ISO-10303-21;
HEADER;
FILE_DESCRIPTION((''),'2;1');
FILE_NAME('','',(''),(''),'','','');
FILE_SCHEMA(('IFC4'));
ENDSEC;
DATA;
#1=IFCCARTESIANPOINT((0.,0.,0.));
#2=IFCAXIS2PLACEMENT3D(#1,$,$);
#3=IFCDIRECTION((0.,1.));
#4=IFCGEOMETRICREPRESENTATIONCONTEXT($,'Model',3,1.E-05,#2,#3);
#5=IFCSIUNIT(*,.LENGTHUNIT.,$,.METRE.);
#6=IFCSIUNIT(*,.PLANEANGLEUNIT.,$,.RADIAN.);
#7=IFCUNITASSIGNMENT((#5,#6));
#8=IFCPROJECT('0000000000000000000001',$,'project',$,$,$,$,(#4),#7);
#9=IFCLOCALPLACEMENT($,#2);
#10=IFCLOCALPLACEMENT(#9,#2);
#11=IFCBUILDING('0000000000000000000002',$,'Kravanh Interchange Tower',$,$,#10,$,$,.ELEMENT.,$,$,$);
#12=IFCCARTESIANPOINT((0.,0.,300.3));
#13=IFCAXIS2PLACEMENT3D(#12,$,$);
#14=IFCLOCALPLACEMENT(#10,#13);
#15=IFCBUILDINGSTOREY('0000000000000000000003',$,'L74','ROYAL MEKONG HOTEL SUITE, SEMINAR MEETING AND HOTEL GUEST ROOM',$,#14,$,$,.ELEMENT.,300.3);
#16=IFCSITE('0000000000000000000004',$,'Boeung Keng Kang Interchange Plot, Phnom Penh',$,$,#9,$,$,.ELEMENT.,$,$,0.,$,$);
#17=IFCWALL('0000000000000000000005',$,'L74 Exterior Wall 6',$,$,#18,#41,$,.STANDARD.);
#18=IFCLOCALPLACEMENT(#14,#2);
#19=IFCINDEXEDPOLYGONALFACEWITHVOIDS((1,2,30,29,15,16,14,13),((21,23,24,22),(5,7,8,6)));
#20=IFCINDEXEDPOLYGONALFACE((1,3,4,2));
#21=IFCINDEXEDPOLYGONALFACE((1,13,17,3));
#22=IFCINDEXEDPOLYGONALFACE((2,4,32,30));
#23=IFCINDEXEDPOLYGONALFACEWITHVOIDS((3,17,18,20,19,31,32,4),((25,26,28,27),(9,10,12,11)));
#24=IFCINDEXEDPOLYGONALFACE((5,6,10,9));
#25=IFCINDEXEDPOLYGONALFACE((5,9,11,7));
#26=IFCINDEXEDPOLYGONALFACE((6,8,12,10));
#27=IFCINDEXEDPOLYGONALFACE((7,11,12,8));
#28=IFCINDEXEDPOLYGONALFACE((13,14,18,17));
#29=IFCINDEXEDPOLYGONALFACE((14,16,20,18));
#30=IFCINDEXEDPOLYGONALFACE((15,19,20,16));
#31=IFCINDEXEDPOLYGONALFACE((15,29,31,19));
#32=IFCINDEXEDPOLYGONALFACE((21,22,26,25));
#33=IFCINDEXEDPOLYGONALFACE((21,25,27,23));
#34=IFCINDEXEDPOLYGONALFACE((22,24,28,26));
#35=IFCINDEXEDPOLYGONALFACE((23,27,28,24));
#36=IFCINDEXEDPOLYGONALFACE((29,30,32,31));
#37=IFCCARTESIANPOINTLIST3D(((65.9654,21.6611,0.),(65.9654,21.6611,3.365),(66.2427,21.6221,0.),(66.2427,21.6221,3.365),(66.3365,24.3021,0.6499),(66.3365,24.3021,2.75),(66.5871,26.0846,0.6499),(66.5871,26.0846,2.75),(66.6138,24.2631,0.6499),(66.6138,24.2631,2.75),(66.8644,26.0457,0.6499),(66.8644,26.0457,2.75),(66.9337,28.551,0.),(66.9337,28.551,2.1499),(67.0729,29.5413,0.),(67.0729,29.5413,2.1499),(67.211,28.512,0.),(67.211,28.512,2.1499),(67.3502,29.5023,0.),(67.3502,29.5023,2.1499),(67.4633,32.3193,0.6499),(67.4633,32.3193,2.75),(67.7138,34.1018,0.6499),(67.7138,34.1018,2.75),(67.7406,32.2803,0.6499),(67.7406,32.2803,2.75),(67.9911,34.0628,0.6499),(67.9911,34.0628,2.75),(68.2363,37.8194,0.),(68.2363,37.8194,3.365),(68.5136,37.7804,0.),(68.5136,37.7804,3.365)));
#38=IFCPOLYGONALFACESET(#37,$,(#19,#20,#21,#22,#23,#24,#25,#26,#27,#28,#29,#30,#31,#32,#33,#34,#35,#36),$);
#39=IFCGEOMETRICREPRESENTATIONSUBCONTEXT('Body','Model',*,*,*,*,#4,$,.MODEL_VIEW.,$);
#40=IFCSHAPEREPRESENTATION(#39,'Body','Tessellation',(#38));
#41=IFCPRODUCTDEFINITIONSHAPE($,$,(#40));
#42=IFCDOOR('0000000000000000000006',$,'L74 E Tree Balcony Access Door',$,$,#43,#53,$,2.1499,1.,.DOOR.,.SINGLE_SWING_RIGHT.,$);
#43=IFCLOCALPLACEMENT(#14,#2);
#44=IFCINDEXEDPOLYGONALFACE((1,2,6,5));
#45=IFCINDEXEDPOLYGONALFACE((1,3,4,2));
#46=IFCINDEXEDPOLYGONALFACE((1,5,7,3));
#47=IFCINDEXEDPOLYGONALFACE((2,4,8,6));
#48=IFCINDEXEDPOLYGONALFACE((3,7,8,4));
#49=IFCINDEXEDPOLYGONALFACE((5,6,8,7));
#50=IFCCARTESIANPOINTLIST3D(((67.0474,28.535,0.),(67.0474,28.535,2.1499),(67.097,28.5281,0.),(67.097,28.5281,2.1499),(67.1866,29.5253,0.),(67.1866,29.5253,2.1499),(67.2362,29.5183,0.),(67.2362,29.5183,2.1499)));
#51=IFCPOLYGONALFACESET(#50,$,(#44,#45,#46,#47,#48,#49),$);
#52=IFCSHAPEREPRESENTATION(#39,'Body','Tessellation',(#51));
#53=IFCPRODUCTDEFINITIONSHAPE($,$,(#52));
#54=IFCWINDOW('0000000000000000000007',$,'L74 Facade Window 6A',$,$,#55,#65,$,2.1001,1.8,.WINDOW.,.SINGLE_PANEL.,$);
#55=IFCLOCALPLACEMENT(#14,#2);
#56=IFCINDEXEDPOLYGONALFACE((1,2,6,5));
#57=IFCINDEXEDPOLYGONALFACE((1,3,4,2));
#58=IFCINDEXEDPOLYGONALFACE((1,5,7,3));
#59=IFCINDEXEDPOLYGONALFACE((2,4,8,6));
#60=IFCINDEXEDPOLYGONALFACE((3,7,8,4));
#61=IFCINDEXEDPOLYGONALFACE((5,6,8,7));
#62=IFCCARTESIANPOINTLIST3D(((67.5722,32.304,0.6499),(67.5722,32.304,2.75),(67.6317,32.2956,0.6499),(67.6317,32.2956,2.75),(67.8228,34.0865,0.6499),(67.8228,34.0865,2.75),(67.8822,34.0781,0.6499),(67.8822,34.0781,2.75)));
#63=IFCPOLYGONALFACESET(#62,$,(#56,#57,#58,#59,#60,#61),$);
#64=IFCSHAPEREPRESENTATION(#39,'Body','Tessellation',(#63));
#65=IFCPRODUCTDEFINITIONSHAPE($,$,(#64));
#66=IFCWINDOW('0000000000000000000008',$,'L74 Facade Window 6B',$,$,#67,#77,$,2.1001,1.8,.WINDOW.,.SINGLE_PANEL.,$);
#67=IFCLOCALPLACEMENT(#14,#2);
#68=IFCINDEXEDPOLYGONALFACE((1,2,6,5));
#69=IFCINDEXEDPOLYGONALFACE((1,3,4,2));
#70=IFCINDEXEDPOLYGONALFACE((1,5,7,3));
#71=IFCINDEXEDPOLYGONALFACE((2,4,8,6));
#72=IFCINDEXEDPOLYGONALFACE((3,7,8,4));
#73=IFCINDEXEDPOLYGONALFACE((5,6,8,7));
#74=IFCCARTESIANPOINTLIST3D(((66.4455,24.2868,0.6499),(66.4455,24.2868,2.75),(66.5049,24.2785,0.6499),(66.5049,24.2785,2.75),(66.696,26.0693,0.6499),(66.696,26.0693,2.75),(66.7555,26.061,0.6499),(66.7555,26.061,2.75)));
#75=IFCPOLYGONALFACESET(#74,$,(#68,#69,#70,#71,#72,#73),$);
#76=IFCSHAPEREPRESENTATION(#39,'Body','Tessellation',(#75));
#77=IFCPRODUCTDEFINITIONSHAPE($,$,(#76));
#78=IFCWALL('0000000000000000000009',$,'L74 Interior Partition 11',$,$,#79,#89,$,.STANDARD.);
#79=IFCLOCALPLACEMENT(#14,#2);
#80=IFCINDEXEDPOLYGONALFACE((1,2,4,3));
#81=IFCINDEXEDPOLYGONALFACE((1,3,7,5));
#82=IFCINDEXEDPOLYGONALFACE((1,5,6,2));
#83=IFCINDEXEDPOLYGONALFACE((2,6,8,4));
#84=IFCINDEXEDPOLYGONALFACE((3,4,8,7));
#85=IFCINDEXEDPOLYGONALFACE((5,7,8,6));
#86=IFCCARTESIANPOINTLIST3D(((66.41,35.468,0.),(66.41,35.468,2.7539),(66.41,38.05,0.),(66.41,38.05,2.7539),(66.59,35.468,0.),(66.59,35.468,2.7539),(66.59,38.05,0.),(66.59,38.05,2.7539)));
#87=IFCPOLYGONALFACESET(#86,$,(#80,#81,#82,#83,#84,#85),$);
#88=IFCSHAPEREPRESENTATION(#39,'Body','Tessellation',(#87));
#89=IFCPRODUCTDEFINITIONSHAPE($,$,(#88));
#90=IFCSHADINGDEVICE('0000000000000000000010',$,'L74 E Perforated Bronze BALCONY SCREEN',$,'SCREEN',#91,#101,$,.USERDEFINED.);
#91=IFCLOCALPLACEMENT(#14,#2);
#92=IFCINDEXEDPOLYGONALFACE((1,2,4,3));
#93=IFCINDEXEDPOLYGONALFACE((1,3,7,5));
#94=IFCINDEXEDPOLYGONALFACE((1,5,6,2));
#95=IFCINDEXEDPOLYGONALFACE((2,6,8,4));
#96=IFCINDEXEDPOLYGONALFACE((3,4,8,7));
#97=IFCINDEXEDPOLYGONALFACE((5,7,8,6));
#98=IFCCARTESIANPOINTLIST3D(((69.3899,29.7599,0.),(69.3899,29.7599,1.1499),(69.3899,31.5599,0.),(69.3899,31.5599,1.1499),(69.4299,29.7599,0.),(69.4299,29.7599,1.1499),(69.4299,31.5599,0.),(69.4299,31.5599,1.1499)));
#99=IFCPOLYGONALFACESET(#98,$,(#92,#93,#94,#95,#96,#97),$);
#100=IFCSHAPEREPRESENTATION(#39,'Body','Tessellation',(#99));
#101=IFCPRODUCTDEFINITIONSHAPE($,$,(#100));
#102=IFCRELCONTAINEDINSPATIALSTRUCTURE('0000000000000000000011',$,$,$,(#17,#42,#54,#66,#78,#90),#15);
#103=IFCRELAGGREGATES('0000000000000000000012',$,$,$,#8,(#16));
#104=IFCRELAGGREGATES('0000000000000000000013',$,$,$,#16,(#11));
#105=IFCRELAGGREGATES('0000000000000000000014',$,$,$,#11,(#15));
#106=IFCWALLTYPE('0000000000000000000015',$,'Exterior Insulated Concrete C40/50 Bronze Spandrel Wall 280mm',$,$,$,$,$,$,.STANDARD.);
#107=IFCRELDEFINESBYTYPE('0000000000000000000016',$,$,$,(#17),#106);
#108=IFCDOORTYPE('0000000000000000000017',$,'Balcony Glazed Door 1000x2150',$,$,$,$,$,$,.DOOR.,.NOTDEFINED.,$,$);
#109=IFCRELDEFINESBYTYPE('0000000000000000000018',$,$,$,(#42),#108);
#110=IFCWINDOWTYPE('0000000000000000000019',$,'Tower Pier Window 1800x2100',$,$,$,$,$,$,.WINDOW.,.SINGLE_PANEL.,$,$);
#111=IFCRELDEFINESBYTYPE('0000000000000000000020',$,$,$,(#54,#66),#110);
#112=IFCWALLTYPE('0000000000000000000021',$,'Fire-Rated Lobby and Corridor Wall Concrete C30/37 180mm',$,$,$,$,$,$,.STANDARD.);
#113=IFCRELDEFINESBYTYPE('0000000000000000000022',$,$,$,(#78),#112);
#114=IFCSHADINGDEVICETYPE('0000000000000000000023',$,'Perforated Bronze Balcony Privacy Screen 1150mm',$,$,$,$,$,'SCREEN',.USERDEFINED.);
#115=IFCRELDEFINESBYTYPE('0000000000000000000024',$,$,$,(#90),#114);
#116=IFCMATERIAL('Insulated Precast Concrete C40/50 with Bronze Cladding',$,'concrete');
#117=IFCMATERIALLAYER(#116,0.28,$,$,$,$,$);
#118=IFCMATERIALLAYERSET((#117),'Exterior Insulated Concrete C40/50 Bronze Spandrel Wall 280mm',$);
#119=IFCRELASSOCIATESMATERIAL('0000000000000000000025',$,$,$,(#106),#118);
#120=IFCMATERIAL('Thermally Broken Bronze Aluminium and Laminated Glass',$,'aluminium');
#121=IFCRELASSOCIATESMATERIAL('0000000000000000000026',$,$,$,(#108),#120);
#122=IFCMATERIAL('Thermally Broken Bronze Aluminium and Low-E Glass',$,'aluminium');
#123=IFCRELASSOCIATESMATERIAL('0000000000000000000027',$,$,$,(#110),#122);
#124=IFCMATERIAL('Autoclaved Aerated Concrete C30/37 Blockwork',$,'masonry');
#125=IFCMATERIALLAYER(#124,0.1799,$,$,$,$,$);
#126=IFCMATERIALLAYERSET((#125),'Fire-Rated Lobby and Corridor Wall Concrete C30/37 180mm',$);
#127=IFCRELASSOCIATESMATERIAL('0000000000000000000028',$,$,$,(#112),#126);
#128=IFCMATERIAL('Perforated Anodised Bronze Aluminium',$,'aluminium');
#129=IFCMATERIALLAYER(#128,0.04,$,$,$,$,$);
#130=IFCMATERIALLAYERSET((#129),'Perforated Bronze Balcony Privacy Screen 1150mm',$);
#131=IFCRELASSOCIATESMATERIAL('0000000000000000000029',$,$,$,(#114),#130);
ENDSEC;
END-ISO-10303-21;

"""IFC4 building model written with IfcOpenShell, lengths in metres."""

from ifc_helpers import new_model, si_unit, direction, frame, frame_2d, origin, origin_2d, place, context, subcontext, project, spatial, rectangle, extrude, material, layer, layer_set, type_object, element, fill, save


model = new_model("IFC4")

# Units and contexts
model_context = context("Model", 3, precision=1e-05, world=origin(), true_north=direction((0.0, 1.0)))
body_context = subcontext(model_context, "Body", "Model", "MODEL_VIEW")
ifc_project = project(units=[si_unit("LENGTHUNIT", "METRE"), si_unit("PLANEANGLEUNIT", "RADIAN")], contexts=[model_context])

# Site, building, storey
site_placement = place(None, origin())
site = spatial("IfcSite", under=ifc_project, at=site_placement, Name="Boeung Keng Kang Interchange Plot, Phnom Penh", CompositionType="ELEMENT", RefElevation=0.0)
building_placement = place(site_placement, origin())
building = spatial("IfcBuilding", under=site, at=building_placement, Name="Kravanh Interchange Tower", CompositionType="ELEMENT")
storey_placement = place(building_placement, frame((0.0, 0.0, 300.3)))
storey = spatial("IfcBuildingStorey", under=building, at=storey_placement, Name="L74", Description="ROYAL MEKONG HOTEL SUITE, SEMINAR MEETING AND HOTEL GUEST ROOM", CompositionType="ELEMENT", Elevation=300.3)

# Wall, openings, door, windows
ifc_material_1 = material(Name="Insulated Precast Concrete C40/50 with Bronze Cladding", Category="concrete")
ifc_layer_1 = layer(ifc_material_1, 0.28)
ifc_layer_set_1 = layer_set([ifc_layer_1], Name="Exterior Insulated Concrete C40/50 Bronze Spandrel Wall 280mm")
wall_type_1 = type_object("IfcWallType", Name="Exterior Insulated Concrete C40/50 Bronze Spandrel Wall 280mm", PredefinedType="STANDARD", material=ifc_layer_set_1)
wall_1_placement = place(storey_placement, frame((68.375, 37.8, 0.0), z_axis=(0.0, 0.0, 1.0), x_axis=(-0.139178, -0.990267, 0.0)))
wall_1 = element("IfcWall", 1, at=wall_1_placement, inside=storey, type_object=wall_type_1, Name="L74 Exterior Wall 6", PredefinedType="STANDARD", context=body_context, shape_type="SweptSolid", body=[
    extrude(rectangle(XDim=16.3171, YDim=0.28, at=frame_2d((8.1587, 0.0))), origin(), (0.0, 0.0, 1.0), 3.365),
])
opening_1_placement = place(wall_1_placement, frame((8.3596, 0.0, 0.0)))
opening_1 = element("IfcOpeningElement", 2, at=opening_1_placement, cuts=wall_1, PredefinedType="OPENING", context=body_context, shape_type="SweptSolid", body=[
    extrude(rectangle(XDim=1.0, YDim=2.1499, at=frame_2d((0.5, 1.075))), frame((0.0, 0.1499, 0.0), z_axis=(0.0, -1.0, 0.0), x_axis=(1.0, 0.0, 0.0)), (0.0, 0.0, 1.0), 0.3),
])
opening_2_placement = place(wall_1_placement, frame((3.7544, 0.0, 0.6499)))
opening_2 = element("IfcOpeningElement", 3, at=opening_2_placement, cuts=wall_1, PredefinedType="OPENING", context=body_context, shape_type="SweptSolid", body=[
    extrude(rectangle(XDim=1.8, YDim=2.1001, at=frame_2d((0.8999, 1.05))), frame((0.0, 0.1499, 0.0), z_axis=(0.0, -1.0, 0.0), x_axis=(1.0, 0.0, 0.0)), (0.0, 0.0, 1.0), 0.3),
])
opening_3_placement = place(wall_1_placement, frame((11.8503, 0.0, 0.6499)))
opening_3 = element("IfcOpeningElement", 4, at=opening_3_placement, cuts=wall_1, PredefinedType="OPENING", context=body_context, shape_type="SweptSolid", body=[
    extrude(rectangle(XDim=1.8, YDim=2.1001, at=frame_2d((0.8999, 1.05))), frame((0.0, 0.1499, 0.0), z_axis=(0.0, -1.0, 0.0), x_axis=(1.0, 0.0, 0.0)), (0.0, 0.0, 1.0), 0.3),
])
ifc_material_2 = material(Name="Thermally Broken Bronze Aluminium and Laminated Glass", Category="aluminium")
door_type = type_object("IfcDoorType", Name="Balcony Glazed Door 1000x2150", OperationType="NOTDEFINED", PredefinedType="DOOR", material=ifc_material_2)
door_placement = place(opening_1_placement, origin())
door = element("IfcDoor", 5, at=door_placement, inside=storey, type_object=door_type, Name="L74 E Tree Balcony Access Door", OperationType="SINGLE_SWING_RIGHT", OverallHeight=2.1499, OverallWidth=1.0, PredefinedType="DOOR", context=body_context, shape_type="SweptSolid", body=[
    extrude(rectangle(XDim=1.0, YDim=2.1499, at=frame_2d((0.5, 1.075))), frame((0.0, 0.0249, 0.0), z_axis=(0.0, -1.0, 0.0), x_axis=(1.0, 0.0, 0.0)), (0.0, 0.0, 1.0), 0.05),
])
fill(opening_1, door)
ifc_material_3 = material(Name="Thermally Broken Bronze Aluminium and Low-E Glass", Category="aluminium")
window_type = type_object("IfcWindowType", Name="Tower Pier Window 1800x2100", PartitioningType="SINGLE_PANEL", PredefinedType="WINDOW", material=ifc_material_3)
window_1_placement = place(opening_2_placement, origin())
window_1 = element("IfcWindow", 6, at=window_1_placement, inside=storey, type_object=window_type, Name="L74 Facade Window 6A", OverallHeight=2.1001, OverallWidth=1.8, PartitioningType="SINGLE_PANEL", PredefinedType="WINDOW", context=body_context, shape_type="SweptSolid", body=[
    extrude(rectangle(XDim=1.8, YDim=2.1001, at=frame_2d((0.8999, 1.05))), frame((0.0, 0.03, 0.0), z_axis=(0.0, -1.0, 0.0), x_axis=(1.0, 0.0, 0.0)), (0.0, 0.0, 1.0), 0.0601),
])
fill(opening_2, window_1)
window_2_placement = place(opening_3_placement, origin())
window_2 = element("IfcWindow", 7, at=window_2_placement, inside=storey, type_object=window_type, Name="L74 Facade Window 6B", OverallHeight=2.1001, OverallWidth=1.8, PartitioningType="SINGLE_PANEL", PredefinedType="WINDOW", context=body_context, shape_type="SweptSolid", body=[
    extrude(rectangle(XDim=1.8, YDim=2.1001, at=frame_2d((0.8999, 1.05))), frame((0.0, 0.03, 0.0), z_axis=(0.0, -1.0, 0.0), x_axis=(1.0, 0.0, 0.0)), (0.0, 0.0, 1.0), 0.0601),
])
fill(opening_3, window_2)

# Wall
ifc_material_4 = material(Name="Autoclaved Aerated Concrete C30/37 Blockwork", Category="masonry")
ifc_layer_2 = layer(ifc_material_4, 0.1799)
ifc_layer_set_2 = layer_set([ifc_layer_2], Name="Fire-Rated Lobby and Corridor Wall Concrete C30/37 180mm")
wall_type_2 = type_object("IfcWallType", Name="Fire-Rated Lobby and Corridor Wall Concrete C30/37 180mm", PredefinedType="STANDARD", material=ifc_layer_set_2)
wall_2_placement = place(storey_placement, frame((66.5, 35.468, 0.0), z_axis=(0.0, 0.0, 1.0), x_axis=(0.0, 1.0, 0.0)))
element("IfcWall", 8, at=wall_2_placement, inside=storey, type_object=wall_type_2, Name="L74 Interior Partition 11", PredefinedType="STANDARD", context=body_context, shape_type="SweptSolid", body=[
    extrude(rectangle(XDim=2.582, YDim=0.1799, at=frame_2d((1.291, 0.0))), origin(), (0.0, 0.0, 1.0), 2.7539),
])

# Shading device
ifc_material_5 = material(Name="Perforated Anodised Bronze Aluminium", Category="aluminium")
ifc_layer_3 = layer(ifc_material_5, 0.04)
ifc_layer_set_3 = layer_set([ifc_layer_3], Name="Perforated Bronze Balcony Privacy Screen 1150mm")
shading_device_type = type_object("IfcShadingDeviceType", Name="Perforated Bronze Balcony Privacy Screen 1150mm", ElementType="SCREEN", PredefinedType="USERDEFINED", material=ifc_layer_set_3)
shading_device_placement = place(storey_placement, frame((69.4099, 30.6599, 0.0), z_axis=(0.0, 0.0, 1.0), x_axis=(1.0, 0.0, 0.0)))
element("IfcShadingDevice", 9, at=shading_device_placement, inside=storey, type_object=shading_device_type, Name="L74 E Perforated Bronze BALCONY SCREEN", ObjectType="SCREEN", PredefinedType="USERDEFINED", context=body_context, shape_type="SweptSolid", body=[
    extrude(rectangle(XDim=0.04, YDim=1.8, at=origin_2d()), origin(), (0.0, 0.0, 1.0), 1.1499),
])

save(model, "model.ifc")
